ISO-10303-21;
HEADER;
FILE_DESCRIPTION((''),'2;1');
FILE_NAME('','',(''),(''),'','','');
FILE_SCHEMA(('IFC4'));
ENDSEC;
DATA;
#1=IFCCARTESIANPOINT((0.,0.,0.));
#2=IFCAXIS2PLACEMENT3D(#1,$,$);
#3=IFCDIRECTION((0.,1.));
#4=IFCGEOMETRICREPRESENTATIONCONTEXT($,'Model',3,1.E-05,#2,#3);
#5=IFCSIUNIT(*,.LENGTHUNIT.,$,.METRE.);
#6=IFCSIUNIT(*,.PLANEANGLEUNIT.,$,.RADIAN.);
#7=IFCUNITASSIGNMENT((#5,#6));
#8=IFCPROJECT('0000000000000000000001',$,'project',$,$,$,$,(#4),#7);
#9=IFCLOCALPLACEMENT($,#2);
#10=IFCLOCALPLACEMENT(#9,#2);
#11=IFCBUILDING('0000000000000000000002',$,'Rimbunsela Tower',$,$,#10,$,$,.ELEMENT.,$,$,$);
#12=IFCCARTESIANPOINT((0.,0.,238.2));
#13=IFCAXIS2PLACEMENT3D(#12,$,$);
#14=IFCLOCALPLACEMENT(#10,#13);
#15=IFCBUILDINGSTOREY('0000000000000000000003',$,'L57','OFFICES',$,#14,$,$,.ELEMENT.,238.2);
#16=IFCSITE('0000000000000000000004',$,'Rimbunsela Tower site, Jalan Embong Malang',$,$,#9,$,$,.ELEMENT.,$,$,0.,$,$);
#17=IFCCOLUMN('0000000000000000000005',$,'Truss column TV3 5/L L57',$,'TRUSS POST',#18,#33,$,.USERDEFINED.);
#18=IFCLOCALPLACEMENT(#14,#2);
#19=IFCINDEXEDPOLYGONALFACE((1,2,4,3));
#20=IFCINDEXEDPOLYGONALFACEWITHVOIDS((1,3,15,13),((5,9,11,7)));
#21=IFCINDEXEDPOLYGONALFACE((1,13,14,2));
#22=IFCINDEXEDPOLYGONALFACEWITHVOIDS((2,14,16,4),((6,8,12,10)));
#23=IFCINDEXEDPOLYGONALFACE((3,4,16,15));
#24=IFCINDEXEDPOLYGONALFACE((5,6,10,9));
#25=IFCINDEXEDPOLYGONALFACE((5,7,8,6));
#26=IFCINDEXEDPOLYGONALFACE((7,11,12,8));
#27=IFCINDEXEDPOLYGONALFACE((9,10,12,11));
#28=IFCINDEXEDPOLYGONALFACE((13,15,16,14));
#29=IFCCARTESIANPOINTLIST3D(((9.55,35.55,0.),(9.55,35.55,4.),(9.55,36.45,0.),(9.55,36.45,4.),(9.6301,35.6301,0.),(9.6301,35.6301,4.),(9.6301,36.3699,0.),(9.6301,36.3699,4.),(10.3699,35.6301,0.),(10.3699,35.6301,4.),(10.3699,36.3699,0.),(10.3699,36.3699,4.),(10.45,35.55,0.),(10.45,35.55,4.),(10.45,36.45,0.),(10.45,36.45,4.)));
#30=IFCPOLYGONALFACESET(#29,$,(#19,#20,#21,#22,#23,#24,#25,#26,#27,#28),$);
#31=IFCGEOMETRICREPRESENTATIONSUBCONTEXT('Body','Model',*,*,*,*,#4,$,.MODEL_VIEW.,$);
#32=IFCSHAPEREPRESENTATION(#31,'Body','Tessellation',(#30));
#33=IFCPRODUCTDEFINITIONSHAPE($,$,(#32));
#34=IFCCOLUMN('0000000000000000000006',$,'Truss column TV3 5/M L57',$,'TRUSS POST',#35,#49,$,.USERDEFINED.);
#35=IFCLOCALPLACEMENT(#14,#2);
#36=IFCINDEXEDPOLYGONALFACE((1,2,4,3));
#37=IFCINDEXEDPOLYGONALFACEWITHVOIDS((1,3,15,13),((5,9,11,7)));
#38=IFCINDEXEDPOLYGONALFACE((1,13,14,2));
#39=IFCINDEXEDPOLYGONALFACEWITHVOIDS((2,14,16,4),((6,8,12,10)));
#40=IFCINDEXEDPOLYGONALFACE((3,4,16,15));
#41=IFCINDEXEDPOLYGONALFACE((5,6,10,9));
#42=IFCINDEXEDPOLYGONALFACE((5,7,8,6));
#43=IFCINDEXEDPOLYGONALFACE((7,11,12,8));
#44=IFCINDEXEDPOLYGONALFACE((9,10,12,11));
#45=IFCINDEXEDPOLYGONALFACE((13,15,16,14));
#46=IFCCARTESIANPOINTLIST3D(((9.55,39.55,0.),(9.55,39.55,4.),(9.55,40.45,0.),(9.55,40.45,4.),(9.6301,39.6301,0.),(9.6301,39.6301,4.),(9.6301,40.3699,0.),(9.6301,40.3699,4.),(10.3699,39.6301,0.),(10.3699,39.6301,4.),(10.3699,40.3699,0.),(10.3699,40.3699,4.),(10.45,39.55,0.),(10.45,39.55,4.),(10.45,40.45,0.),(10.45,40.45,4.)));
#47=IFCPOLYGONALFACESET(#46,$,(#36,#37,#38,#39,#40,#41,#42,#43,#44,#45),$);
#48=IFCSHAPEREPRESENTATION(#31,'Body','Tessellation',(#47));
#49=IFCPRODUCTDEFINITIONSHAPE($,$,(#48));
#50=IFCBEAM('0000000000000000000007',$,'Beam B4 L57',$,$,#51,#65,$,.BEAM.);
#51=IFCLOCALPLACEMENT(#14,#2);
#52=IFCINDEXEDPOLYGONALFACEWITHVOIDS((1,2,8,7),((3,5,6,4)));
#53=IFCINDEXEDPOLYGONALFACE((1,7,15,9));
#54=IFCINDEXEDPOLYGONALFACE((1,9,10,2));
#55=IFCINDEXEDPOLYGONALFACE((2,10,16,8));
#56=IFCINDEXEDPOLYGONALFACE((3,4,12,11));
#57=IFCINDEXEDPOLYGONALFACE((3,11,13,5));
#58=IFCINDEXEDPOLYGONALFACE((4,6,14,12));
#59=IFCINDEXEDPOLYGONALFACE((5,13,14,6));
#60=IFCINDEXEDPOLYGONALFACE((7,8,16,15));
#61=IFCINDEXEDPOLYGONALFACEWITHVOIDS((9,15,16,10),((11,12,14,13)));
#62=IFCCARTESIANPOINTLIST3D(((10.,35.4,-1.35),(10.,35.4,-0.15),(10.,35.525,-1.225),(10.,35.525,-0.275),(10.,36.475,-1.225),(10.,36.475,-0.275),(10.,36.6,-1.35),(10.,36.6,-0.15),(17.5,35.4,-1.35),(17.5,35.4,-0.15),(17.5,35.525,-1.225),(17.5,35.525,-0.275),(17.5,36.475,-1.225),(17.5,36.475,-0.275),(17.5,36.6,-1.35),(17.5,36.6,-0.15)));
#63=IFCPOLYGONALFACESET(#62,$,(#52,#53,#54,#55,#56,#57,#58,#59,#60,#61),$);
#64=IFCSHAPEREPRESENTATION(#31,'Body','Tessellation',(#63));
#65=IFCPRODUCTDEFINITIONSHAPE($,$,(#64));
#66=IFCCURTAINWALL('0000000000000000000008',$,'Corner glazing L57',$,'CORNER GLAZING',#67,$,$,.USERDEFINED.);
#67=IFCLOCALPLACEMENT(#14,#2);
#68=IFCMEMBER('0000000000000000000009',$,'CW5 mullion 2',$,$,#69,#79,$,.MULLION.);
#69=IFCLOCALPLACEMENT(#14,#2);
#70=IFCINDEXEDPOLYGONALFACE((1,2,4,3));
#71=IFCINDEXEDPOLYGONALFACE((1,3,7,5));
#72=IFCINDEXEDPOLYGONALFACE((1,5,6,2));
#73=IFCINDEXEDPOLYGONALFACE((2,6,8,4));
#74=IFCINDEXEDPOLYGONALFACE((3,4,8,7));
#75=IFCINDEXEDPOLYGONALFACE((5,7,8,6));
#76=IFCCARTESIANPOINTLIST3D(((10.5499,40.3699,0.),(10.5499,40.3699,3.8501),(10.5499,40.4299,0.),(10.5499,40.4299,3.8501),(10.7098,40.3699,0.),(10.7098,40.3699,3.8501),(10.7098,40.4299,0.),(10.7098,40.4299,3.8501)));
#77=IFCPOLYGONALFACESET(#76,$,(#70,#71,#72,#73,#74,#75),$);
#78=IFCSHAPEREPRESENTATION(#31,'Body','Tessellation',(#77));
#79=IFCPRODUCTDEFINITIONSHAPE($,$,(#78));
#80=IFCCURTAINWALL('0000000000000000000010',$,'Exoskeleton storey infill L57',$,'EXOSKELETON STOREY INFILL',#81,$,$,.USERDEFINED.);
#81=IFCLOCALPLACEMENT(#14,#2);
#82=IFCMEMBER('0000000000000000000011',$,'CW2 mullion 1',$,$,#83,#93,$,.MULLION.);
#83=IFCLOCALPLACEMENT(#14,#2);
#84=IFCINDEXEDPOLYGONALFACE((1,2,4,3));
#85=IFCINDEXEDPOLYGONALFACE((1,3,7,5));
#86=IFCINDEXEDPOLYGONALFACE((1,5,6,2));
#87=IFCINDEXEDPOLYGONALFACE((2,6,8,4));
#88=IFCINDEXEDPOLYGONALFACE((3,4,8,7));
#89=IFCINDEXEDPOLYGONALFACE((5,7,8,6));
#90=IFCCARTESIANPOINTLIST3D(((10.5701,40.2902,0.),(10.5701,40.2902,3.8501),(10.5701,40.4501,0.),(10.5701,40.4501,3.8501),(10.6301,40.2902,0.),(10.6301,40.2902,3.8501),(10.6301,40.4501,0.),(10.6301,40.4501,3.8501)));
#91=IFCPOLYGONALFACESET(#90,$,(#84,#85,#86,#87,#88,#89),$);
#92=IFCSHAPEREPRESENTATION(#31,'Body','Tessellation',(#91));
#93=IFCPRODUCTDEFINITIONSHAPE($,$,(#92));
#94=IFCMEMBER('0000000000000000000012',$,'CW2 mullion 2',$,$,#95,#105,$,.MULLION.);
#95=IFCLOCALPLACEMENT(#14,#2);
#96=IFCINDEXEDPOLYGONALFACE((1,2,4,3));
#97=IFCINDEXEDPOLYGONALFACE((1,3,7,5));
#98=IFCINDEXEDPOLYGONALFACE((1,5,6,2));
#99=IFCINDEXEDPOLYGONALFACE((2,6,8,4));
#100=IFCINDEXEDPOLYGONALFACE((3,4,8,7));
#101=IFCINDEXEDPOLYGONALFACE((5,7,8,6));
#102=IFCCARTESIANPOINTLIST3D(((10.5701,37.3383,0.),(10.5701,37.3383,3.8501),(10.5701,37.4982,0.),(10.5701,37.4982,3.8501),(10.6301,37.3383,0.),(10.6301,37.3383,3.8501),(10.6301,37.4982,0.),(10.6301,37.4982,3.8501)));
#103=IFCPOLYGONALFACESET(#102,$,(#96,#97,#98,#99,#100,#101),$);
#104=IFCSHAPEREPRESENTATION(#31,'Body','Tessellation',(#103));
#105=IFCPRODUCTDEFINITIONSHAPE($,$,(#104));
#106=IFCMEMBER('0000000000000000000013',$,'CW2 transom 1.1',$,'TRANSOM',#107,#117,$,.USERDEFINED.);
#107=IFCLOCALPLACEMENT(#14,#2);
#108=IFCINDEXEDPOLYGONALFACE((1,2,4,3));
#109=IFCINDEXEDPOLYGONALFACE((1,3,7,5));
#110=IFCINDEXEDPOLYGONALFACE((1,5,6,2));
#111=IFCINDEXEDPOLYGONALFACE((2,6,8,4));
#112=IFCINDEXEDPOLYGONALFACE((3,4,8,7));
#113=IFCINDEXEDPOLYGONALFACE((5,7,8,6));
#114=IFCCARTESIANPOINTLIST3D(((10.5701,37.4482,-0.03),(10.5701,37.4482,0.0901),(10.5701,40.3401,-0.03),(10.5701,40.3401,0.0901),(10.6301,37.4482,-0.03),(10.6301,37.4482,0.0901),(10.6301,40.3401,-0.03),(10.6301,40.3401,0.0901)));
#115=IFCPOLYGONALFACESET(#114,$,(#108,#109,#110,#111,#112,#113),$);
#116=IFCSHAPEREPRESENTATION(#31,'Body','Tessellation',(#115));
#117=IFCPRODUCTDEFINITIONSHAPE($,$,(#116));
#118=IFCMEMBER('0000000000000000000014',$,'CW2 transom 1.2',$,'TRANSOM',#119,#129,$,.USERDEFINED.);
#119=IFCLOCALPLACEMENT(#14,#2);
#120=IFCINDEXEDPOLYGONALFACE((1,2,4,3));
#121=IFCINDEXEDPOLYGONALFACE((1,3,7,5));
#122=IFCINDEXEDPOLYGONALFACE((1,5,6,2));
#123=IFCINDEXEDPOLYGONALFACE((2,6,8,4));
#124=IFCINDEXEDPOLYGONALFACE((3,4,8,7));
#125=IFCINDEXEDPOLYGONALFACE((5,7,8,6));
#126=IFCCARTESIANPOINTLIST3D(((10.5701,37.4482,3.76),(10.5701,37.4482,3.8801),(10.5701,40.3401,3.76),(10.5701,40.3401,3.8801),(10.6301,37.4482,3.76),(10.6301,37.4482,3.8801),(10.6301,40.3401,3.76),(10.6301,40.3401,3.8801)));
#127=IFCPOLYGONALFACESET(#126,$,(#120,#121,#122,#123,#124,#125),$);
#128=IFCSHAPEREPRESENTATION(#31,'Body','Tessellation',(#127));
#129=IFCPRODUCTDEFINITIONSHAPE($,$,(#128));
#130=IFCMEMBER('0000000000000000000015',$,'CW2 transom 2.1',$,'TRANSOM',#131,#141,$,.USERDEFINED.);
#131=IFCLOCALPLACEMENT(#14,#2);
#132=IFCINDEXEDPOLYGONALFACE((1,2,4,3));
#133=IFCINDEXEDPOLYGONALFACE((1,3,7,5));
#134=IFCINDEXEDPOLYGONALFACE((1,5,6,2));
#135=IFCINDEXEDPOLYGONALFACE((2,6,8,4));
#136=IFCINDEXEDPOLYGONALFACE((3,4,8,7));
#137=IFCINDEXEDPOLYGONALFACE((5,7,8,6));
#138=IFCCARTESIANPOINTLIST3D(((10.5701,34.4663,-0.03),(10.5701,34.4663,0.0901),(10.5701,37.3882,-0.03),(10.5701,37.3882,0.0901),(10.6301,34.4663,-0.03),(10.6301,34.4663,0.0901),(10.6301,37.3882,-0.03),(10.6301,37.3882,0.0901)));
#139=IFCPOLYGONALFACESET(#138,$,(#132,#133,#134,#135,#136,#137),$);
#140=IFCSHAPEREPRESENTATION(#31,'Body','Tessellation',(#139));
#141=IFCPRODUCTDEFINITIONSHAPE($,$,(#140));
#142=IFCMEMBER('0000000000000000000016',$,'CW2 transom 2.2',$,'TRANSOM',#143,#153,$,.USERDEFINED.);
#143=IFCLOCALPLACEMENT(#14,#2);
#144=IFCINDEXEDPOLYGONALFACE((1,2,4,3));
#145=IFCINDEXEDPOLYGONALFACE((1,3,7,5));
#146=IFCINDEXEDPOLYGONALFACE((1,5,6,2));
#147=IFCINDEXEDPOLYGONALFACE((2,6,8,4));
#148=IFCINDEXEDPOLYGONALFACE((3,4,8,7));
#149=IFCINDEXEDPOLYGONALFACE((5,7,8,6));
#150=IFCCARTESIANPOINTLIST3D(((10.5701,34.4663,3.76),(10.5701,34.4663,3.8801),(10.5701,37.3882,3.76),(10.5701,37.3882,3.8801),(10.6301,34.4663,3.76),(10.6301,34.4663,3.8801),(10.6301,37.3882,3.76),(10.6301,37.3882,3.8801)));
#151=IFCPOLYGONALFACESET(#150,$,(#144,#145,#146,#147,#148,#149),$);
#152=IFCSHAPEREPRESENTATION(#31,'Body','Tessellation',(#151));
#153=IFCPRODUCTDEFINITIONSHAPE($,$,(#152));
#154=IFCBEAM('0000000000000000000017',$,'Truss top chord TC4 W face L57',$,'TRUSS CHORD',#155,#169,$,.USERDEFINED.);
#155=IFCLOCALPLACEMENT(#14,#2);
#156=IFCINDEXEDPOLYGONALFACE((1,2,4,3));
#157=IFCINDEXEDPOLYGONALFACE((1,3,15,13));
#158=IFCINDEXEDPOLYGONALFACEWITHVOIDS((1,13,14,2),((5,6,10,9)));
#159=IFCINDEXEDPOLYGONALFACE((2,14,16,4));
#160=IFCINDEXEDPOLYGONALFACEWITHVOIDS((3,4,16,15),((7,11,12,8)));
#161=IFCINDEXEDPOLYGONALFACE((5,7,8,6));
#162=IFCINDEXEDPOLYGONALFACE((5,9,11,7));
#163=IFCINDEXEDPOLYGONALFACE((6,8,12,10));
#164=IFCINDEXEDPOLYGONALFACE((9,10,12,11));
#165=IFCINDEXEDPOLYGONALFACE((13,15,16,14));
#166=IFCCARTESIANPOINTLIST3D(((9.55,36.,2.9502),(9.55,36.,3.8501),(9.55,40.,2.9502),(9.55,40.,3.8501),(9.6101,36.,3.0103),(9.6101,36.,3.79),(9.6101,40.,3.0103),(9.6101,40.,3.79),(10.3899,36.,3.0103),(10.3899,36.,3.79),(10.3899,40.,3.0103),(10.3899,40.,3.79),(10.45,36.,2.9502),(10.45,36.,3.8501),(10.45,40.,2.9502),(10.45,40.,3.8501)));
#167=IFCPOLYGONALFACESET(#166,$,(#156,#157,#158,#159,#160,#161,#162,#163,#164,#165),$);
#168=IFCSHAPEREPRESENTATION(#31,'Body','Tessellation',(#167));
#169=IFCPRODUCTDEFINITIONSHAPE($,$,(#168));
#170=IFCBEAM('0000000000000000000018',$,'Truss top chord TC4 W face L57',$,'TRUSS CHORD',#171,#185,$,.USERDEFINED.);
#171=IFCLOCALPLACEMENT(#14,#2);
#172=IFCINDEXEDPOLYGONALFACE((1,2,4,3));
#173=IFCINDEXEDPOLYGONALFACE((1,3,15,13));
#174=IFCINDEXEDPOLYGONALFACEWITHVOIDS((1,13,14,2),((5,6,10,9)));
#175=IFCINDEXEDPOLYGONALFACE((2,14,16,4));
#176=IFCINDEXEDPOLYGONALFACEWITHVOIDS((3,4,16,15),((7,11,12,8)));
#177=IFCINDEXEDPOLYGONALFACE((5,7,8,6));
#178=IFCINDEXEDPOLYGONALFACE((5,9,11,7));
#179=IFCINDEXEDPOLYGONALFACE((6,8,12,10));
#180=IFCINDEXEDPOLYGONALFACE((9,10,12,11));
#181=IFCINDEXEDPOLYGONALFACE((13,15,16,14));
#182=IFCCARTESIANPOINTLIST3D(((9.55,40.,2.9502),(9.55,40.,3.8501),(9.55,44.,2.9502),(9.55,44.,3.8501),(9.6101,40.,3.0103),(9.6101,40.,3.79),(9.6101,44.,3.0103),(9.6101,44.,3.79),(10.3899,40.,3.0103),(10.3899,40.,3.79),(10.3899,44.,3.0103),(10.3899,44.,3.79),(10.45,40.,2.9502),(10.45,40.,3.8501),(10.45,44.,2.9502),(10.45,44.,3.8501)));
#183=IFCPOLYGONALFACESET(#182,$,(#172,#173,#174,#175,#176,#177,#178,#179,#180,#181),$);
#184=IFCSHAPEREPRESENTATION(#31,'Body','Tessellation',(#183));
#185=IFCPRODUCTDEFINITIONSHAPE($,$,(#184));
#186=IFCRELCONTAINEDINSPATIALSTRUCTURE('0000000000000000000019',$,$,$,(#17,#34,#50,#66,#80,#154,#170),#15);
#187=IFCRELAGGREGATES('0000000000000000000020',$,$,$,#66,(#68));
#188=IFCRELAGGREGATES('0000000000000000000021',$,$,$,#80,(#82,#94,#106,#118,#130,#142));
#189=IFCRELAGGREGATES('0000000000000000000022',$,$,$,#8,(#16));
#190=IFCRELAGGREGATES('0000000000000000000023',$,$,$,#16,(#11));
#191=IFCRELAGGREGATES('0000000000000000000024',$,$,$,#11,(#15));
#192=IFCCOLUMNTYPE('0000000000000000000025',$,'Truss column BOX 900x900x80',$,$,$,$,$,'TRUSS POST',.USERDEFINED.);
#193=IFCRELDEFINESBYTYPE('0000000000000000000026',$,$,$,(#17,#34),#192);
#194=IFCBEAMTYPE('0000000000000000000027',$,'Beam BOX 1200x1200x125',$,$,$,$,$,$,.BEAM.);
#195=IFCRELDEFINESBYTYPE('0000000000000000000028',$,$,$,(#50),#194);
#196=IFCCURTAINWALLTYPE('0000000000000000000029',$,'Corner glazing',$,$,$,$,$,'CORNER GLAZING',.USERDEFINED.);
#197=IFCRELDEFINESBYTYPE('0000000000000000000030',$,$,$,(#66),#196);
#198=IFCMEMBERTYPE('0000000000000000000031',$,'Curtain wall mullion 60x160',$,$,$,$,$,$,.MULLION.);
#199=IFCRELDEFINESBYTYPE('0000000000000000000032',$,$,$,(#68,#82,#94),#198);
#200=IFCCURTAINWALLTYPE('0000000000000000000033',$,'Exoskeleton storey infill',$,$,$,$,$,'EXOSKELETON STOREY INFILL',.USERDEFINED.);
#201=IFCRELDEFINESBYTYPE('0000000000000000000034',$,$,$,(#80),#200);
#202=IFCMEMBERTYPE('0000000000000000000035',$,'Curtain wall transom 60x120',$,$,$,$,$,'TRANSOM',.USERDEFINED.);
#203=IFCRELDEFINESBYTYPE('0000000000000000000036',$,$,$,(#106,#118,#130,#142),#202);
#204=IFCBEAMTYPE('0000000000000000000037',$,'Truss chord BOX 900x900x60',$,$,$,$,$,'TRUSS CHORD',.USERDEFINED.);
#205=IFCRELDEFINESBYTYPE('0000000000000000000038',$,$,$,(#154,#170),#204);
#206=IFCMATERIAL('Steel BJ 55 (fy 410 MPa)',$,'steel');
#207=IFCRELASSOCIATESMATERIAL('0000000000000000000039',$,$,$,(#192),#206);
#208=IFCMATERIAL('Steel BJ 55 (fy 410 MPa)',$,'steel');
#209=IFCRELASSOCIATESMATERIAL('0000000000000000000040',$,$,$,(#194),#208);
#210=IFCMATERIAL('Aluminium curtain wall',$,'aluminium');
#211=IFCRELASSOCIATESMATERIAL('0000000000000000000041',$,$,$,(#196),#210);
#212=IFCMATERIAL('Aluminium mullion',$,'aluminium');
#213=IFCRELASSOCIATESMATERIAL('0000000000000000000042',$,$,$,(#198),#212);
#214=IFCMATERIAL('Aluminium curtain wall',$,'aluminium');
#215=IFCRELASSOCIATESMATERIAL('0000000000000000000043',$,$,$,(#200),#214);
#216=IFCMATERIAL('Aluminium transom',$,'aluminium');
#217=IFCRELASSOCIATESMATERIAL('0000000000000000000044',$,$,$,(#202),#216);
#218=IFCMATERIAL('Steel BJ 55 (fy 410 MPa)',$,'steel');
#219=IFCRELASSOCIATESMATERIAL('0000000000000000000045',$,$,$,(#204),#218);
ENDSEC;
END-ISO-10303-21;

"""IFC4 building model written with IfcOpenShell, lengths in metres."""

from ifc_helpers import new_model, si_unit, direction, frame, origin, origin_2d, place, context, subcontext, project, spatial, rectangle, hollow_rectangle, extrude, material, material_profile, profile_set, type_object, element, aggregate, save


model = new_model("IFC4")

# Units and contexts
model_context = context("Model", 3, precision=1e-05, world=origin(), true_north=direction((0.0, 1.0)))
body_context = subcontext(model_context, "Body", "Model", "MODEL_VIEW")
ifc_project = project(units=[si_unit("LENGTHUNIT", "METRE"), si_unit("PLANEANGLEUNIT", "RADIAN")], contexts=[model_context])

# Site, building, storey
site_placement = place(None, origin())
site = spatial("IfcSite", under=ifc_project, at=site_placement, Name="Rimbunsela Tower site, Jalan Embong Malang", CompositionType="ELEMENT", RefElevation=0.0)
building_placement = place(site_placement, origin())
building = spatial("IfcBuilding", under=site, at=building_placement, Name="Rimbunsela Tower", CompositionType="ELEMENT")
storey_placement = place(building_placement, frame((0.0, 0.0, 238.2)))
storey = spatial("IfcBuildingStorey", under=building, at=storey_placement, Name="L57", Description="OFFICES", CompositionType="ELEMENT", Elevation=238.2)

# Columns
ifc_material_1 = material(Name="Steel BJ 55 (fy 410 MPa)", Category="steel")
ifc_material_profile_1 = material_profile(ifc_material_1, hollow_rectangle(XDim=0.8999, YDim=0.8999, WallThickness=0.0801, at=origin_2d()), Name="BOX 900x900x80")
ifc_profile_set_1 = profile_set([ifc_material_profile_1], Name="Steel BJ 55 (fy 410 MPa)")
column_type = type_object("IfcColumnType", Name="Truss column BOX 900x900x80", ElementType="TRUSS POST", PredefinedType="USERDEFINED", material=ifc_profile_set_1)
for number, where, z_axis, x_axis, name in (
    (1, (10.0, 36.0, 0.0), (0.0, 0.0, 1.0), (1.0, 0.0, 0.0), "Truss column TV3 5/L L57"),
    (2, (10.0, 40.0, 0.0), (0.0, 0.0, 1.0), (1.0, 0.0, 0.0), "Truss column TV3 5/M L57"),
):
    element("IfcColumn", number, at=place(storey_placement, frame(where, z_axis=z_axis, x_axis=x_axis)), inside=storey, type_object=column_type, Name=name, ObjectType="TRUSS POST", PredefinedType="USERDEFINED", context=body_context, shape_type="SweptSolid", body=[
        extrude(hollow_rectangle(XDim=0.8999, YDim=0.8999, WallThickness=0.0801, at=origin_2d()), origin(), (0.0, 0.0, 1.0), 4.0),
    ])

# Beam
ifc_material_2 = material(Name="Steel BJ 55 (fy 410 MPa)", Category="steel")
ifc_material_profile_2 = material_profile(ifc_material_2, hollow_rectangle(XDim=1.2, YDim=1.2, WallThickness=0.125, at=origin_2d()), Name="BOX 1200x1200x125")
ifc_profile_set_2 = profile_set([ifc_material_profile_2], Name="Steel BJ 55 (fy 410 MPa)")
beam_type_1 = type_object("IfcBeamType", Name="Beam BOX 1200x1200x125", PredefinedType="BEAM", material=ifc_profile_set_2)
beam_placement = place(storey_placement, frame((10.0, 36.0, -0.75), z_axis=(1.0, 0.0, 0.0), x_axis=(0.0, 1.0, 0.0)))
element("IfcBeam", 3, at=beam_placement, inside=storey, type_object=beam_type_1, Name="Beam B4 L57", PredefinedType="BEAM", context=body_context, shape_type="SweptSolid", body=[
    extrude(hollow_rectangle(XDim=1.2, YDim=1.2, WallThickness=0.125, at=origin_2d()), origin(), (0.0, 0.0, 1.0), 7.5),
])

# Curtain wall, member
ifc_material_3 = material(Name="Aluminium curtain wall", Category="aluminium")
curtain_wall_type_1 = type_object("IfcCurtainWallType", Name="Corner glazing", ElementType="CORNER GLAZING", PredefinedType="USERDEFINED", material=ifc_material_3)
curtain_wall_1_placement = place(storey_placement, origin())
curtain_wall_1 = element("IfcCurtainWall", 4, at=curtain_wall_1_placement, inside=storey, type_object=curtain_wall_type_1, Name="Corner glazing L57", ObjectType="CORNER GLAZING", PredefinedType="USERDEFINED")
ifc_material_4 = material(Name="Aluminium mullion", Category="aluminium")
ifc_material_profile_3 = material_profile(ifc_material_4, rectangle(XDim=0.0601, YDim=0.1599, at=origin_2d()), Name="Mullion 60x160")
ifc_profile_set_3 = profile_set([ifc_material_profile_3], Name="Aluminium mullion")
member_type_1 = type_object("IfcMemberType", Name="Curtain wall mullion 60x160", PredefinedType="MULLION", material=ifc_profile_set_3)
member_1_placement = place(storey_placement, frame((10.6299, 40.3999, 0.0), z_axis=(0.0, 0.0, 1.0), x_axis=(0.0, -1.0, 0.0)))
member_1 = element("IfcMember", 5, at=member_1_placement, type_object=member_type_1, Name="CW5 mullion 2", PredefinedType="MULLION", context=body_context, shape_type="SweptSolid", body=[
    extrude(rectangle(XDim=0.0601, YDim=0.1599, at=origin_2d()), origin(), (0.0, 0.0, 1.0), 3.8501),
])
aggregate(curtain_wall_1, [member_1])

# Curtain wall, members
ifc_material_5 = material(Name="Aluminium curtain wall", Category="aluminium")
curtain_wall_type_2 = type_object("IfcCurtainWallType", Name="Exoskeleton storey infill", ElementType="EXOSKELETON STOREY INFILL", PredefinedType="USERDEFINED", material=ifc_material_5)
curtain_wall_2_placement = place(storey_placement, origin())
curtain_wall_2 = element("IfcCurtainWall", 6, at=curtain_wall_2_placement, inside=storey, type_object=curtain_wall_type_2, Name="Exoskeleton storey infill L57", ObjectType="EXOSKELETON STOREY INFILL", PredefinedType="USERDEFINED")
member_2_placement = place(storey_placement, frame((10.6001, 40.3701, 0.0), z_axis=(0.0, 0.0, 1.0), x_axis=(1.0, 0.0, 0.0)))
member_2 = element("IfcMember", 7, at=member_2_placement, type_object=member_type_1, Name="CW2 mullion 1", PredefinedType="MULLION", context=body_context, shape_type="SweptSolid", body=[
    extrude(rectangle(XDim=0.0601, YDim=0.1599, at=origin_2d()), origin(), (0.0, 0.0, 1.0), 3.8501),
])
member_3_placement = place(storey_placement, frame((10.6001, 37.4182, 0.0), z_axis=(0.0, 0.0, 1.0), x_axis=(1.0, 0.0, 0.0)))
member_3 = element("IfcMember", 8, at=member_3_placement, type_object=member_type_1, Name="CW2 mullion 2", PredefinedType="MULLION", context=body_context, shape_type="SweptSolid", body=[
    extrude(rectangle(XDim=0.0601, YDim=0.1599, at=origin_2d()), origin(), (0.0, 0.0, 1.0), 3.8501),
])
ifc_material_6 = material(Name="Aluminium transom", Category="aluminium")
ifc_material_profile_4 = material_profile(ifc_material_6, rectangle(XDim=0.0601, YDim=0.1201, at=origin_2d()), Name="Transom 60x120")
ifc_profile_set_4 = profile_set([ifc_material_profile_4], Name="Aluminium transom")
member_type_2 = type_object("IfcMemberType", Name="Curtain wall transom 60x120", ElementType="TRANSOM", PredefinedType="USERDEFINED", material=ifc_profile_set_4)
member_4_placement = place(storey_placement, frame((10.6001, 40.3401, 0.03), z_axis=(0.0, -1.0, 0.0), x_axis=(1.0, 0.0, 0.0)))
member_4 = element("IfcMember", 9, at=member_4_placement, type_object=member_type_2, Name="CW2 transom 1.1", ObjectType="TRANSOM", PredefinedType="USERDEFINED", context=body_context, shape_type="SweptSolid", body=[
    extrude(rectangle(XDim=0.0601, YDim=0.1201, at=origin_2d()), origin(), (0.0, 0.0, 1.0), 2.8918),
])
member_5_placement = place(storey_placement, frame((10.6001, 40.3401, 3.8201), z_axis=(0.0, -1.0, 0.0), x_axis=(1.0, 0.0, 0.0)))
member_5 = element("IfcMember", 10, at=member_5_placement, type_object=member_type_2, Name="CW2 transom 1.2", ObjectType="TRANSOM", PredefinedType="USERDEFINED", context=body_context, shape_type="SweptSolid", body=[
    extrude(rectangle(XDim=0.0601, YDim=0.1201, at=origin_2d()), origin(), (0.0, 0.0, 1.0), 2.8918),
])
member_6_placement = place(storey_placement, frame((10.6001, 37.3882, 0.03), z_axis=(0.0, -1.0, 0.0), x_axis=(1.0, 0.0, 0.0)))
member_6 = element("IfcMember", 11, at=member_6_placement, type_object=member_type_2, Name="CW2 transom 2.1", ObjectType="TRANSOM", PredefinedType="USERDEFINED", context=body_context, shape_type="SweptSolid", body=[
    extrude(rectangle(XDim=0.0601, YDim=0.1201, at=origin_2d()), origin(), (0.0, 0.0, 1.0), 2.9219),
])
member_7_placement = place(storey_placement, frame((10.6001, 37.3882, 3.8201), z_axis=(0.0, -1.0, 0.0), x_axis=(1.0, 0.0, 0.0)))
member_7 = element("IfcMember", 12, at=member_7_placement, type_object=member_type_2, Name="CW2 transom 2.2", ObjectType="TRANSOM", PredefinedType="USERDEFINED", context=body_context, shape_type="SweptSolid", body=[
    extrude(rectangle(XDim=0.0601, YDim=0.1201, at=origin_2d()), origin(), (0.0, 0.0, 1.0), 2.9219),
])

# Beams
ifc_material_7 = material(Name="Steel BJ 55 (fy 410 MPa)", Category="steel")
ifc_material_profile_5 = material_profile(ifc_material_7, hollow_rectangle(XDim=0.8999, YDim=0.8999, WallThickness=0.0601, at=origin_2d()), Name="BOX 900x900x60")
ifc_profile_set_5 = profile_set([ifc_material_profile_5], Name="Steel BJ 55 (fy 410 MPa)")
beam_type_2 = type_object("IfcBeamType", Name="Truss chord BOX 900x900x60", ElementType="TRUSS CHORD", PredefinedType="USERDEFINED", material=ifc_profile_set_5)
for number, where, z_axis, x_axis, name in (
    (13, (10.0, 36.0, 3.4001), (0.0, 1.0, 0.0), (-1.0, 0.0, 0.0), "Truss top chord TC4 W face L57"),
    (14, (10.0, 40.0, 3.4001), (0.0, 1.0, 0.0), (-1.0, 0.0, 0.0), "Truss top chord TC4 W face L57"),
):
    element("IfcBeam", number, at=place(storey_placement, frame(where, z_axis=z_axis, x_axis=x_axis)), inside=storey, type_object=beam_type_2, Name=name, ObjectType="TRUSS CHORD", PredefinedType="USERDEFINED", context=body_context, shape_type="SweptSolid", body=[
        extrude(hollow_rectangle(XDim=0.8999, YDim=0.8999, WallThickness=0.0601, at=origin_2d()), origin(), (0.0, 0.0, 1.0), 4.0),
    ])

aggregate(curtain_wall_2, [member_2, member_3, member_4, member_5, member_6, member_7])

save(model, "model.ifc")
